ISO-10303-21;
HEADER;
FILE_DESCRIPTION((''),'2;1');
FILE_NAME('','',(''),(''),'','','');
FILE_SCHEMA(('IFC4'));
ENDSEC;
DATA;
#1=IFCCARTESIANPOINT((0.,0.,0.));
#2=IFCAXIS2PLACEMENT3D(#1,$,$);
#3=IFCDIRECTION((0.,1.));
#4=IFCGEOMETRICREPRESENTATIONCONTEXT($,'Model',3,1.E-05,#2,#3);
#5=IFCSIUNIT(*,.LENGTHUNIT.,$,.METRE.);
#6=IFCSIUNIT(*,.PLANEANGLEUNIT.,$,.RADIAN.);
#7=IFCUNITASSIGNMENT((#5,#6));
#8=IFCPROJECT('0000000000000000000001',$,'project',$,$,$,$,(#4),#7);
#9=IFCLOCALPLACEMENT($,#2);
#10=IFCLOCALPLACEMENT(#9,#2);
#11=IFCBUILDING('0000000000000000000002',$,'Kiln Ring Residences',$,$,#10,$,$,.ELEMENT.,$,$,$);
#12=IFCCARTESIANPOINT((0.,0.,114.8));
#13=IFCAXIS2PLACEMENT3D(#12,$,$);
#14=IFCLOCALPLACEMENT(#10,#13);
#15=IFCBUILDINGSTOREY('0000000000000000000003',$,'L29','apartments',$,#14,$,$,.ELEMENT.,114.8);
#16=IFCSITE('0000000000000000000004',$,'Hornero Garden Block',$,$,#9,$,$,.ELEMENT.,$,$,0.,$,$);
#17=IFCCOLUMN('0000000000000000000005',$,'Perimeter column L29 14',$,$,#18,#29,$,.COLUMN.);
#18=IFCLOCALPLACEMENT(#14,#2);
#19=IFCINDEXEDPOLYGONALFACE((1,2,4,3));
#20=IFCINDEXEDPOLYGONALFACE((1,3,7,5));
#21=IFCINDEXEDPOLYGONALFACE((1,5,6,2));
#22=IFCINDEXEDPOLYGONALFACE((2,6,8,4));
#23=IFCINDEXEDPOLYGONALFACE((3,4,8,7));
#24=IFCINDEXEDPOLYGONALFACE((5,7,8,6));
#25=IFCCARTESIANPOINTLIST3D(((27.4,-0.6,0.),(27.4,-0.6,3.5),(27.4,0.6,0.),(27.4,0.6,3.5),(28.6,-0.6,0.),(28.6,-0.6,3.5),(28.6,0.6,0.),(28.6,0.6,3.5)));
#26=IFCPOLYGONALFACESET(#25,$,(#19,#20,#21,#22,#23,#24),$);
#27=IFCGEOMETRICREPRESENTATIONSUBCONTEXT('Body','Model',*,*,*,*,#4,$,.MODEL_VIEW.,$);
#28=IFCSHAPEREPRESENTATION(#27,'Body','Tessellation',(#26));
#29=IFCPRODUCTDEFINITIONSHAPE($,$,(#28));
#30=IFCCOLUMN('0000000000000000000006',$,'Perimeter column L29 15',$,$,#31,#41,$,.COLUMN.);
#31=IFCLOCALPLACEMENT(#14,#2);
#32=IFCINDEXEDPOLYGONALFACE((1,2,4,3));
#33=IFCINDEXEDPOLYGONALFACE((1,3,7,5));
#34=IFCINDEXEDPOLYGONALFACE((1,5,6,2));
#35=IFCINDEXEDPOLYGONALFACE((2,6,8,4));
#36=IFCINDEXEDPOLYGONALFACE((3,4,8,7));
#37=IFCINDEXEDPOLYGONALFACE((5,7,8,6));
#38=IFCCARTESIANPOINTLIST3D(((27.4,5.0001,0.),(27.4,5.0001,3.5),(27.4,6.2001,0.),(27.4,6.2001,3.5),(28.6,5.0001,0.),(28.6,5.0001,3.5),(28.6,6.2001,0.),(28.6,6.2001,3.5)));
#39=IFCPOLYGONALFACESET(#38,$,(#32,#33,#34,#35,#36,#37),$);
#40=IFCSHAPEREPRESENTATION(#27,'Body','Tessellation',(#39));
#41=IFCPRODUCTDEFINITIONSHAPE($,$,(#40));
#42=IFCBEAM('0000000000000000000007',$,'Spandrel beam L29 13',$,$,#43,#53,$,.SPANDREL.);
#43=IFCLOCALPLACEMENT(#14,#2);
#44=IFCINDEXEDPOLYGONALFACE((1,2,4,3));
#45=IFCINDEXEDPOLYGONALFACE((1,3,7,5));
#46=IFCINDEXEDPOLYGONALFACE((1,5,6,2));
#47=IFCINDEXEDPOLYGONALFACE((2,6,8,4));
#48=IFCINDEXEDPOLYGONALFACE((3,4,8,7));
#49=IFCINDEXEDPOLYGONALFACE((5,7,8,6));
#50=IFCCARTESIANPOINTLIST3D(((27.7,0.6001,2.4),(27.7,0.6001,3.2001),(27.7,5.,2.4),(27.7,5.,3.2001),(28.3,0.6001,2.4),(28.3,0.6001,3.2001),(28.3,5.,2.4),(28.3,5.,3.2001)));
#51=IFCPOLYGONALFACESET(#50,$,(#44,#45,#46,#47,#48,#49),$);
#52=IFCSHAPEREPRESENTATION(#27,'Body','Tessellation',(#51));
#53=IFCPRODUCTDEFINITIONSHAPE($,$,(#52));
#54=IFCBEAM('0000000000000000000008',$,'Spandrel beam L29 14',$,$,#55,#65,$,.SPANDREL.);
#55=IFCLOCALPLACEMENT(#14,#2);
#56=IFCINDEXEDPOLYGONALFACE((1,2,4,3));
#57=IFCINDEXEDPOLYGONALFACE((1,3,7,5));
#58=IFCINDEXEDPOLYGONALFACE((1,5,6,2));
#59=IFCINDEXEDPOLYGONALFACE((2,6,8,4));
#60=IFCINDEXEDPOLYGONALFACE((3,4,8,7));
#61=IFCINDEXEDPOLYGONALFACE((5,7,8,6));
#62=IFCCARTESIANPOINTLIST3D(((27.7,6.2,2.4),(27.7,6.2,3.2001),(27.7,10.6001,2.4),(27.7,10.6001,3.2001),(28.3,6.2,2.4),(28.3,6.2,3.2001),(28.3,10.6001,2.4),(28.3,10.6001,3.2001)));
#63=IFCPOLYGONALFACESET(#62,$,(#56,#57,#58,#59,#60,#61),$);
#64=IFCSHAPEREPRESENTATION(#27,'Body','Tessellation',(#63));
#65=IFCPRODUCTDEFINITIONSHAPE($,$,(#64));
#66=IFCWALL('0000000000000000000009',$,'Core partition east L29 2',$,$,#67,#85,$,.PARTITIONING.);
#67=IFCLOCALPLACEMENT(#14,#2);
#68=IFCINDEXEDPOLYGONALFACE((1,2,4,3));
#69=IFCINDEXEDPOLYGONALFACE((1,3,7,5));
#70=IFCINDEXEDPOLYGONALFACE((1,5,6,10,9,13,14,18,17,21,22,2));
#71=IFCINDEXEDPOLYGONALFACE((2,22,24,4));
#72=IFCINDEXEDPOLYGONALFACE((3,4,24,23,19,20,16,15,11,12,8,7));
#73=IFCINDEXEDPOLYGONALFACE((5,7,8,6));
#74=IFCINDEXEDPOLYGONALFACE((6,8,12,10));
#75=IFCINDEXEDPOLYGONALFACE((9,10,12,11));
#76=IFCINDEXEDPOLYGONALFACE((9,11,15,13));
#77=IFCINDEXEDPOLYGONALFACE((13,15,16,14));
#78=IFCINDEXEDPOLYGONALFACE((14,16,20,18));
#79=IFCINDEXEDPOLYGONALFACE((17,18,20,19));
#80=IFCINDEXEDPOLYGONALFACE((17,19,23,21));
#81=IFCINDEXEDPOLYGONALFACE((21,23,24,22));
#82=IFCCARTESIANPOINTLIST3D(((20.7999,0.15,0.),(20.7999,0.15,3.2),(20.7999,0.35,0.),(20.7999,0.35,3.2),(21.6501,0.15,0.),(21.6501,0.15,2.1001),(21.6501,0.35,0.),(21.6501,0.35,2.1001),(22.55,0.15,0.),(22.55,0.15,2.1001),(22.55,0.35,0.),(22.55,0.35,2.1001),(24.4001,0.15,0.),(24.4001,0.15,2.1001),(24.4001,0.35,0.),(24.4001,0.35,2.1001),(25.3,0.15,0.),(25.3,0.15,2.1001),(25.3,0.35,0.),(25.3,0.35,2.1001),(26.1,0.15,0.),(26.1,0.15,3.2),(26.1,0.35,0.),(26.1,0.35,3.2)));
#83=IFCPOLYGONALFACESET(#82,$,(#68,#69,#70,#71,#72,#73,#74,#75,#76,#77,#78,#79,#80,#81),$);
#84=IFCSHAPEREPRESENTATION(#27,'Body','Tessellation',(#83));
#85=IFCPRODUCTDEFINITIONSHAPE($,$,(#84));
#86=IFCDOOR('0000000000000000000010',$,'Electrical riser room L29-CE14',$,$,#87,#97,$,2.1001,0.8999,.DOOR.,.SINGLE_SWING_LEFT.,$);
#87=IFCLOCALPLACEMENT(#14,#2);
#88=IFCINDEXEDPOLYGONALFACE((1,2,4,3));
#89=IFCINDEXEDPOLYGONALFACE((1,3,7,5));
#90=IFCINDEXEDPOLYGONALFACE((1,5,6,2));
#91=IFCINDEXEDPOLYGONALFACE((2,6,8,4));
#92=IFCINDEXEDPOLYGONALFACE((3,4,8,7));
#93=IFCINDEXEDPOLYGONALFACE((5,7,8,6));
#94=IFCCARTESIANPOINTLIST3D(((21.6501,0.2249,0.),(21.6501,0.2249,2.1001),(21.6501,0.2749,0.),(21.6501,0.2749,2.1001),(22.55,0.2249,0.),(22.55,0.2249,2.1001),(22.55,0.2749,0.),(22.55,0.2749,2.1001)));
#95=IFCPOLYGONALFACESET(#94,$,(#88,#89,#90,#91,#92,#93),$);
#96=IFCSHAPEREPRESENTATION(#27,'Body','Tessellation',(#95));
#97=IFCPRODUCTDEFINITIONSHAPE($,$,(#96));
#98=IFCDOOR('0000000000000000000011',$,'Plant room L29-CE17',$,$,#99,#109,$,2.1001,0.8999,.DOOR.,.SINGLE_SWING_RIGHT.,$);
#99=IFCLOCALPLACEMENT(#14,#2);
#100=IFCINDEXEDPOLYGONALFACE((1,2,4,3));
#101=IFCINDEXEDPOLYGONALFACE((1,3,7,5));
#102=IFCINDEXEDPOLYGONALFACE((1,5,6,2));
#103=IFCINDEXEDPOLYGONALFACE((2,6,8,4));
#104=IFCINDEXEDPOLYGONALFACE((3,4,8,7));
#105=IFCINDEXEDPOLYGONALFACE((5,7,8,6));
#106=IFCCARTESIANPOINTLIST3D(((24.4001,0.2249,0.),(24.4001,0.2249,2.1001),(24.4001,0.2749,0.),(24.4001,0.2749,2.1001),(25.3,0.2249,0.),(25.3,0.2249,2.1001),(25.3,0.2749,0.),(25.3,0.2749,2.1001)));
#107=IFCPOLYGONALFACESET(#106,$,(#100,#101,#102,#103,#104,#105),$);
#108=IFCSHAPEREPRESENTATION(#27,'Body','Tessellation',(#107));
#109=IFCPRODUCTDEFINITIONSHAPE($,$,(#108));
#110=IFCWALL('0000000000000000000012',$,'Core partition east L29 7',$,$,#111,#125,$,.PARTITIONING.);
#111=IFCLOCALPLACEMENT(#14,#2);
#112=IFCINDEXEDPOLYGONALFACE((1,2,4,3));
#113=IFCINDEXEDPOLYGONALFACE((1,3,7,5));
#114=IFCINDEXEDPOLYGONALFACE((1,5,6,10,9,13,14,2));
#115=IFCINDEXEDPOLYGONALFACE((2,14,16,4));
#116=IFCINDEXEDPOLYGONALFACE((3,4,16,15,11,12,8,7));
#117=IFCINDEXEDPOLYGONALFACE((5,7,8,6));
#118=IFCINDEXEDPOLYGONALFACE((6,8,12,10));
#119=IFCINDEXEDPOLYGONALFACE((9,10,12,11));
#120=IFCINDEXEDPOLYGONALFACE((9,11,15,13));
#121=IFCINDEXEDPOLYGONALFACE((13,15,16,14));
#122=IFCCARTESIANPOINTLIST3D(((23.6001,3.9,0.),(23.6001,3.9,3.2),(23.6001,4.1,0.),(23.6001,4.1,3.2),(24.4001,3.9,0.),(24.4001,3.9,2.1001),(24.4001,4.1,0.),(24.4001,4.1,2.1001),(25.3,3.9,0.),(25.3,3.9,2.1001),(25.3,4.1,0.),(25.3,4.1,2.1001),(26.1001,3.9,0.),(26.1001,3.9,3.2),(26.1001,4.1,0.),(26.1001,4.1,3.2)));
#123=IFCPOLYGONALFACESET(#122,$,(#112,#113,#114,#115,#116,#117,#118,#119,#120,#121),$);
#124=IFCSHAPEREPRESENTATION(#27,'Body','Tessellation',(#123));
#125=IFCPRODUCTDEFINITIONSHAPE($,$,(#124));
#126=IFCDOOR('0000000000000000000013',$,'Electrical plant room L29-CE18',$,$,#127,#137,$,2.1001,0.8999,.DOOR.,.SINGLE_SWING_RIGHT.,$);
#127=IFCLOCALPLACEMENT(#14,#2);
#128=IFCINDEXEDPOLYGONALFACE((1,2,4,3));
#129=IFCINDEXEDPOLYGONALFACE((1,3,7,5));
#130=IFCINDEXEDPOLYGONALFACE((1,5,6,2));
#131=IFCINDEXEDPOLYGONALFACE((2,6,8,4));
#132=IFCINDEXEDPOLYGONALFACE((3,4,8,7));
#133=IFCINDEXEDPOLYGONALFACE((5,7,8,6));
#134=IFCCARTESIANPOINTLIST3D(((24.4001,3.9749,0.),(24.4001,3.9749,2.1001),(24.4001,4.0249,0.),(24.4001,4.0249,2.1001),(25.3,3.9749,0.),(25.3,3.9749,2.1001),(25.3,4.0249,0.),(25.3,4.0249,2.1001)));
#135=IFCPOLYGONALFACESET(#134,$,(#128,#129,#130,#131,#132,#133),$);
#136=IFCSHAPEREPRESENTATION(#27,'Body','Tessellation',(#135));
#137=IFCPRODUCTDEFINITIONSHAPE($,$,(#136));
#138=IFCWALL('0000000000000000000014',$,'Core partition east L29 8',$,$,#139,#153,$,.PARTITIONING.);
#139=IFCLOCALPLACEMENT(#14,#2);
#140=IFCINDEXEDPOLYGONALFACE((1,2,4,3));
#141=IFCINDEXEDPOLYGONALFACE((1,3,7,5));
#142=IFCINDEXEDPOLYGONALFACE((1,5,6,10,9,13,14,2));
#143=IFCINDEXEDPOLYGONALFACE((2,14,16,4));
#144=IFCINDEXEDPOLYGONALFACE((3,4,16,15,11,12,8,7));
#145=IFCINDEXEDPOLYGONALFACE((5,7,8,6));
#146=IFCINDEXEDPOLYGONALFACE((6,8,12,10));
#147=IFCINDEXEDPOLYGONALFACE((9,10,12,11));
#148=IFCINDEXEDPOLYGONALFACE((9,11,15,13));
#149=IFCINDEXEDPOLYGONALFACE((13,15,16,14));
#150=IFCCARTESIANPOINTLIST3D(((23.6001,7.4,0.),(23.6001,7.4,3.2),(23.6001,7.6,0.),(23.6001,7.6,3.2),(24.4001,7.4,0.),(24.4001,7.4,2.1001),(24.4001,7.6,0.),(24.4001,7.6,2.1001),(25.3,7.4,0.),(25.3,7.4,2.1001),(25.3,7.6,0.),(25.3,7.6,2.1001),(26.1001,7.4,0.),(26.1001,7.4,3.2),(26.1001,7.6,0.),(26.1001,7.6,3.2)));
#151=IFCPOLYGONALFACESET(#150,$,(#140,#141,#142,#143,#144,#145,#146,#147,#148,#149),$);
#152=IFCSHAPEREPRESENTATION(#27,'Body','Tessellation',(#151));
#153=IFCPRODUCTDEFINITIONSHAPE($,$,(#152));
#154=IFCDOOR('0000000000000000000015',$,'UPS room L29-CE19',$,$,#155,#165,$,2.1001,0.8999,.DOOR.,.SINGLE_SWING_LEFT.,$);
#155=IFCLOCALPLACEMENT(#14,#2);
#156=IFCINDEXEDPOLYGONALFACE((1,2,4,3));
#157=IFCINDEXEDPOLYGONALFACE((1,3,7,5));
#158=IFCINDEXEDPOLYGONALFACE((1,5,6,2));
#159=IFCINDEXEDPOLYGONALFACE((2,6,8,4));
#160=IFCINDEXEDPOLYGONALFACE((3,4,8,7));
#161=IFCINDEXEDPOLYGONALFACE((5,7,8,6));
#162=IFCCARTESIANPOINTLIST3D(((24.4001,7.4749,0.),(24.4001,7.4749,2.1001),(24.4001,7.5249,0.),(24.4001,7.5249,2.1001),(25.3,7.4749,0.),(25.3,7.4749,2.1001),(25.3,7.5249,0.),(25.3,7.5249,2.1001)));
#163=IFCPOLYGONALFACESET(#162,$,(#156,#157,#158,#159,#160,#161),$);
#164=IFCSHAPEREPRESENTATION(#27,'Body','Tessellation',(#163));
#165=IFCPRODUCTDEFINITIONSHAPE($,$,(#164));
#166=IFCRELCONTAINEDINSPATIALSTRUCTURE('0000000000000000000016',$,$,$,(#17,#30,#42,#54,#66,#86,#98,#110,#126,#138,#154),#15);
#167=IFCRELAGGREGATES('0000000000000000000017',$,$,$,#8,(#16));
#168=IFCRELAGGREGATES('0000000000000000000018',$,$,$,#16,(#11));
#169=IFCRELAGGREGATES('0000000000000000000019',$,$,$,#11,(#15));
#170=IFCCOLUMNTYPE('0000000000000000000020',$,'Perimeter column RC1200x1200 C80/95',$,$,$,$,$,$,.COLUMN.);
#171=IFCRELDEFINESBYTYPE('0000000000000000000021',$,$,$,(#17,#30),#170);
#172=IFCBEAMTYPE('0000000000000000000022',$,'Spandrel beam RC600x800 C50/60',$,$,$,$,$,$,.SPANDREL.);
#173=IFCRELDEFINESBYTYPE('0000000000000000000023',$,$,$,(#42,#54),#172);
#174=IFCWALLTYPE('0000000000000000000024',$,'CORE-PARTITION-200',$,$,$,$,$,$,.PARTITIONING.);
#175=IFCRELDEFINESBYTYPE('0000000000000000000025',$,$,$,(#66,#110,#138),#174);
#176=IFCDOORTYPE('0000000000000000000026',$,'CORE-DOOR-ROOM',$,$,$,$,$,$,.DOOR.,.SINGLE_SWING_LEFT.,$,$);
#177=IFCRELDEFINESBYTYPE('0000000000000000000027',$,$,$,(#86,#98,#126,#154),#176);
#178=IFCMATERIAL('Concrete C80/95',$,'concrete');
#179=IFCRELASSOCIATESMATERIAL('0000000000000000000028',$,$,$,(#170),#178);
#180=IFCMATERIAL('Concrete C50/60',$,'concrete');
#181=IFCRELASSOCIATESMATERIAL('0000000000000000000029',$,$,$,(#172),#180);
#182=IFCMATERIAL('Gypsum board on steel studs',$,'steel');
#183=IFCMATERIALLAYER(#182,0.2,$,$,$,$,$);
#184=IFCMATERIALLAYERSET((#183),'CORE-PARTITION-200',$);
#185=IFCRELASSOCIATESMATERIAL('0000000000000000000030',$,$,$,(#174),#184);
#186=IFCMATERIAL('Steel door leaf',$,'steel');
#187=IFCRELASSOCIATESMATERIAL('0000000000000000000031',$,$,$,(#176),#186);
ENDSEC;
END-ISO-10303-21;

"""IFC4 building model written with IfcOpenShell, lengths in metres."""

from ifc_helpers import new_model, si_unit, direction, frame, frame_2d, origin, origin_2d, place, context, subcontext, project, spatial, rectangle, extrude, material, layer, layer_set, material_profile, profile_set, type_object, element, fill, save


model = new_model("IFC4")

# Units and contexts
model_context = context("Model", 3, precision=1e-05, world=origin(), true_north=direction((0.0, 1.0)))
body_context = subcontext(model_context, "Body", "Model", "MODEL_VIEW")
ifc_project = project(units=[si_unit("LENGTHUNIT", "METRE"), si_unit("PLANEANGLEUNIT", "RADIAN")], contexts=[model_context])

# Site, building, storey
site_placement = place(None, origin())
site = spatial("IfcSite", under=ifc_project, at=site_placement, Name="Hornero Garden Block", CompositionType="ELEMENT", RefElevation=0.0)
building_placement = place(site_placement, origin())
building = spatial("IfcBuilding", under=site, at=building_placement, Name="Kiln Ring Residences", CompositionType="ELEMENT")
storey_placement = place(building_placement, frame((0.0, 0.0, 114.8)))
storey = spatial("IfcBuildingStorey", under=building, at=storey_placement, Name="L29", Description="apartments", CompositionType="ELEMENT", Elevation=114.8)

# Columns
ifc_material_1 = material(Name="Concrete C80/95", Category="concrete")
ifc_material_profile_1 = material_profile(ifc_material_1, rectangle(XDim=1.2, YDim=1.2, at=origin_2d()), Name="RC1200x1200")
ifc_profile_set_1 = profile_set([ifc_material_profile_1], Name="Concrete C80/95")
column_type = type_object("IfcColumnType", Name="Perimeter column RC1200x1200 C80/95", PredefinedType="COLUMN", material=ifc_profile_set_1)
for number, where, z_axis, x_axis, name in (
    (1, (28.0, 0.0, 0.0), (0.0, 0.0, 1.0), (1.0, 0.0, 0.0), "Perimeter column L29 14"),
    (2, (28.0, 5.6001, 0.0), (0.0, 0.0, 1.0), (1.0, 0.0, 0.0), "Perimeter column L29 15"),
):
    element("IfcColumn", number, at=place(storey_placement, frame(where, z_axis=z_axis, x_axis=x_axis)), inside=storey, type_object=column_type, Name=name, PredefinedType="COLUMN", context=body_context, shape_type="SweptSolid", body=[
        extrude(rectangle(XDim=1.2, YDim=1.2, at=origin_2d()), origin(), (0.0, 0.0, 1.0), 3.5),
    ])

# Beams
ifc_material_2 = material(Name="Concrete C50/60", Category="concrete")
ifc_material_profile_2 = material_profile(ifc_material_2, rectangle(XDim=0.6001, YDim=0.8, at=origin_2d()), Name="RC600x800")
ifc_profile_set_2 = profile_set([ifc_material_profile_2], Name="Concrete C50/60")
beam_type = type_object("IfcBeamType", Name="Spandrel beam RC600x800 C50/60", PredefinedType="SPANDREL", material=ifc_profile_set_2)
beam_1_placement = place(storey_placement, frame((28.0, 0.6001, 2.8), z_axis=(0.0, 1.0, 0.0), x_axis=(-1.0, 0.0, 0.0)))
element("IfcBeam", 3, at=beam_1_placement, inside=storey, type_object=beam_type, Name="Spandrel beam L29 13", PredefinedType="SPANDREL", context=body_context, shape_type="SweptSolid", body=[
    extrude(rectangle(XDim=0.6001, YDim=0.8, at=origin_2d()), origin(), (0.0, 0.0, 1.0), 4.3999),
])
beam_2_placement = place(storey_placement, frame((28.0, 6.2, 2.8), z_axis=(0.0, 1.0, 0.0), x_axis=(-1.0, 0.0, 0.0)))
element("IfcBeam", 4, at=beam_2_placement, inside=storey, type_object=beam_type, Name="Spandrel beam L29 14", PredefinedType="SPANDREL", context=body_context, shape_type="SweptSolid", body=[
    extrude(rectangle(XDim=0.6001, YDim=0.8, at=origin_2d()), origin(), (0.0, 0.0, 1.0), 4.4001),
])

# Wall, openings, doors
ifc_material_3 = material(Name="Gypsum board on steel studs", Category="steel")
ifc_layer_1 = layer(ifc_material_3, 0.2)
ifc_layer_set_1 = layer_set([ifc_layer_1], Name="CORE-PARTITION-200")
wall_type_1 = type_object("IfcWallType", Name="CORE-PARTITION-200", PredefinedType="PARTITIONING", material=ifc_layer_set_1)
wall_1_placement = place(storey_placement, frame((20.8, 0.25, 0.0), z_axis=(0.0, 0.0, 1.0), x_axis=(1.0, 0.0, 0.0)))
wall_1 = element("IfcWall", 5, at=wall_1_placement, inside=storey, type_object=wall_type_1, Name="Core partition east L29 2", PredefinedType="PARTITIONING", context=body_context, shape_type="SweptSolid", body=[
    extrude(rectangle(XDim=5.3, YDim=0.2, at=frame_2d((2.6499, 0.0))), origin(), (0.0, 0.0, 1.0), 3.2),
])
opening_1_placement = place(wall_1_placement, frame((0.8501, 0.0, 0.0)))
opening_1 = element("IfcOpeningElement", 6, at=opening_1_placement, cuts=wall_1, PredefinedType="OPENING", context=body_context, shape_type="SweptSolid", body=[
    extrude(rectangle(XDim=0.8999, YDim=2.1001, at=frame_2d((0.45, 1.05))), frame((0.0, 0.1099, 0.0), z_axis=(0.0, -1.0, 0.0), x_axis=(1.0, 0.0, 0.0)), (0.0, 0.0, 1.0), 0.22),
])
opening_2_placement = place(wall_1_placement, frame((3.6001, 0.0, 0.0)))
opening_2 = element("IfcOpeningElement", 7, at=opening_2_placement, cuts=wall_1, PredefinedType="OPENING", context=body_context, shape_type="SweptSolid", body=[
    extrude(rectangle(XDim=0.8999, YDim=2.1001, at=frame_2d((0.45, 1.05))), frame((0.0, 0.1099, 0.0), z_axis=(0.0, -1.0, 0.0), x_axis=(1.0, 0.0, 0.0)), (0.0, 0.0, 1.0), 0.22),
])
ifc_material_4 = material(Name="Steel door leaf", Category="steel")
door_type = type_object("IfcDoorType", Name="CORE-DOOR-ROOM", OperationType="SINGLE_SWING_LEFT", PredefinedType="DOOR", material=ifc_material_4)
door_1_placement = place(opening_1_placement, origin())
door_1 = element("IfcDoor", 8, at=door_1_placement, inside=storey, type_object=door_type, Name="Electrical riser room L29-CE14", OperationType="SINGLE_SWING_LEFT", OverallHeight=2.1001, OverallWidth=0.8999, PredefinedType="DOOR", context=body_context, shape_type="SweptSolid", body=[
    extrude(rectangle(XDim=0.8999, YDim=2.1001, at=frame_2d((0.45, 1.05))), frame((0.0, 0.0249, 0.0), z_axis=(0.0, -1.0, 0.0), x_axis=(1.0, 0.0, 0.0)), (0.0, 0.0, 1.0), 0.05),
])
fill(opening_1, door_1)
door_2_placement = place(opening_2_placement, origin())
door_2 = element("IfcDoor", 9, at=door_2_placement, inside=storey, type_object=door_type, Name="Plant room L29-CE17", OperationType="SINGLE_SWING_RIGHT", OverallHeight=2.1001, OverallWidth=0.8999, PredefinedType="DOOR", context=body_context, shape_type="SweptSolid", body=[
    extrude(rectangle(XDim=0.8999, YDim=2.1001, at=frame_2d((0.45, 1.05))), frame((0.0, 0.0249, 0.0), z_axis=(0.0, -1.0, 0.0), x_axis=(1.0, 0.0, 0.0)), (0.0, 0.0, 1.0), 0.05),
])
fill(opening_2, door_2)

# Walls, openings, doors
wall_2_placement = place(storey_placement, frame((23.6001, 4.0, 0.0), z_axis=(0.0, 0.0, 1.0), x_axis=(1.0, 0.0, 0.0)))
wall_2 = element("IfcWall", 10, at=wall_2_placement, inside=storey, type_object=wall_type_1, Name="Core partition east L29 7", PredefinedType="PARTITIONING", context=body_context, shape_type="SweptSolid", body=[
    extrude(rectangle(XDim=2.5, YDim=0.2, at=frame_2d((1.25, 0.0))), origin(), (0.0, 0.0, 1.0), 3.2),
])
opening_3_placement = place(wall_2_placement, frame((0.8, 0.0, 0.0)))
opening_3 = element("IfcOpeningElement", 11, at=opening_3_placement, cuts=wall_2, PredefinedType="OPENING", context=body_context, shape_type="SweptSolid", body=[
    extrude(rectangle(XDim=0.8999, YDim=2.1001, at=frame_2d((0.45, 1.05))), frame((0.0, 0.1099, 0.0), z_axis=(0.0, -1.0, 0.0), x_axis=(1.0, 0.0, 0.0)), (0.0, 0.0, 1.0), 0.22),
])
door_3_placement = place(opening_3_placement, origin())
door_3 = element("IfcDoor", 12, at=door_3_placement, inside=storey, type_object=door_type, Name="Electrical plant room L29-CE18", OperationType="SINGLE_SWING_RIGHT", OverallHeight=2.1001, OverallWidth=0.8999, PredefinedType="DOOR", context=body_context, shape_type="SweptSolid", body=[
    extrude(rectangle(XDim=0.8999, YDim=2.1001, at=frame_2d((0.45, 1.05))), frame((0.0, 0.0249, 0.0), z_axis=(0.0, -1.0, 0.0), x_axis=(1.0, 0.0, 0.0)), (0.0, 0.0, 1.0), 0.05),
])
fill(opening_3, door_3)
wall_3_placement = place(storey_placement, frame((23.6001, 7.5, 0.0), z_axis=(0.0, 0.0, 1.0), x_axis=(1.0, 0.0, 0.0)))
wall_3 = element("IfcWall", 13, at=wall_3_placement, inside=storey, type_object=wall_type_1, Name="Core partition east L29 8", PredefinedType="PARTITIONING", context=body_context, shape_type="SweptSolid", body=[
    extrude(rectangle(XDim=2.5, YDim=0.2, at=frame_2d((1.25, 0.0))), origin(), (0.0, 0.0, 1.0), 3.2),
])
opening_4_placement = place(wall_3_placement, frame((0.8, 0.0, 0.0)))
opening_4 = element("IfcOpeningElement", 14, at=opening_4_placement, cuts=wall_3, PredefinedType="OPENING", context=body_context, shape_type="SweptSolid", body=[
    extrude(rectangle(XDim=0.8999, YDim=2.1001, at=frame_2d((0.45, 1.05))), frame((0.0, 0.1099, 0.0), z_axis=(0.0, -1.0, 0.0), x_axis=(1.0, 0.0, 0.0)), (0.0, 0.0, 1.0), 0.22),
])
door_4_placement = place(opening_4_placement, origin())
door_4 = element("IfcDoor", 15, at=door_4_placement, inside=storey, type_object=door_type, Name="UPS room L29-CE19", OperationType="SINGLE_SWING_LEFT", OverallHeight=2.1001, OverallWidth=0.8999, PredefinedType="DOOR", context=body_context, shape_type="SweptSolid", body=[
    extrude(rectangle(XDim=0.8999, YDim=2.1001, at=frame_2d((0.45, 1.05))), frame((0.0, 0.0249, 0.0), z_axis=(0.0, -1.0, 0.0), x_axis=(1.0, 0.0, 0.0)), (0.0, 0.0, 1.0), 0.05),
])
fill(opening_4, door_4)

save(model, "model.ifc")
